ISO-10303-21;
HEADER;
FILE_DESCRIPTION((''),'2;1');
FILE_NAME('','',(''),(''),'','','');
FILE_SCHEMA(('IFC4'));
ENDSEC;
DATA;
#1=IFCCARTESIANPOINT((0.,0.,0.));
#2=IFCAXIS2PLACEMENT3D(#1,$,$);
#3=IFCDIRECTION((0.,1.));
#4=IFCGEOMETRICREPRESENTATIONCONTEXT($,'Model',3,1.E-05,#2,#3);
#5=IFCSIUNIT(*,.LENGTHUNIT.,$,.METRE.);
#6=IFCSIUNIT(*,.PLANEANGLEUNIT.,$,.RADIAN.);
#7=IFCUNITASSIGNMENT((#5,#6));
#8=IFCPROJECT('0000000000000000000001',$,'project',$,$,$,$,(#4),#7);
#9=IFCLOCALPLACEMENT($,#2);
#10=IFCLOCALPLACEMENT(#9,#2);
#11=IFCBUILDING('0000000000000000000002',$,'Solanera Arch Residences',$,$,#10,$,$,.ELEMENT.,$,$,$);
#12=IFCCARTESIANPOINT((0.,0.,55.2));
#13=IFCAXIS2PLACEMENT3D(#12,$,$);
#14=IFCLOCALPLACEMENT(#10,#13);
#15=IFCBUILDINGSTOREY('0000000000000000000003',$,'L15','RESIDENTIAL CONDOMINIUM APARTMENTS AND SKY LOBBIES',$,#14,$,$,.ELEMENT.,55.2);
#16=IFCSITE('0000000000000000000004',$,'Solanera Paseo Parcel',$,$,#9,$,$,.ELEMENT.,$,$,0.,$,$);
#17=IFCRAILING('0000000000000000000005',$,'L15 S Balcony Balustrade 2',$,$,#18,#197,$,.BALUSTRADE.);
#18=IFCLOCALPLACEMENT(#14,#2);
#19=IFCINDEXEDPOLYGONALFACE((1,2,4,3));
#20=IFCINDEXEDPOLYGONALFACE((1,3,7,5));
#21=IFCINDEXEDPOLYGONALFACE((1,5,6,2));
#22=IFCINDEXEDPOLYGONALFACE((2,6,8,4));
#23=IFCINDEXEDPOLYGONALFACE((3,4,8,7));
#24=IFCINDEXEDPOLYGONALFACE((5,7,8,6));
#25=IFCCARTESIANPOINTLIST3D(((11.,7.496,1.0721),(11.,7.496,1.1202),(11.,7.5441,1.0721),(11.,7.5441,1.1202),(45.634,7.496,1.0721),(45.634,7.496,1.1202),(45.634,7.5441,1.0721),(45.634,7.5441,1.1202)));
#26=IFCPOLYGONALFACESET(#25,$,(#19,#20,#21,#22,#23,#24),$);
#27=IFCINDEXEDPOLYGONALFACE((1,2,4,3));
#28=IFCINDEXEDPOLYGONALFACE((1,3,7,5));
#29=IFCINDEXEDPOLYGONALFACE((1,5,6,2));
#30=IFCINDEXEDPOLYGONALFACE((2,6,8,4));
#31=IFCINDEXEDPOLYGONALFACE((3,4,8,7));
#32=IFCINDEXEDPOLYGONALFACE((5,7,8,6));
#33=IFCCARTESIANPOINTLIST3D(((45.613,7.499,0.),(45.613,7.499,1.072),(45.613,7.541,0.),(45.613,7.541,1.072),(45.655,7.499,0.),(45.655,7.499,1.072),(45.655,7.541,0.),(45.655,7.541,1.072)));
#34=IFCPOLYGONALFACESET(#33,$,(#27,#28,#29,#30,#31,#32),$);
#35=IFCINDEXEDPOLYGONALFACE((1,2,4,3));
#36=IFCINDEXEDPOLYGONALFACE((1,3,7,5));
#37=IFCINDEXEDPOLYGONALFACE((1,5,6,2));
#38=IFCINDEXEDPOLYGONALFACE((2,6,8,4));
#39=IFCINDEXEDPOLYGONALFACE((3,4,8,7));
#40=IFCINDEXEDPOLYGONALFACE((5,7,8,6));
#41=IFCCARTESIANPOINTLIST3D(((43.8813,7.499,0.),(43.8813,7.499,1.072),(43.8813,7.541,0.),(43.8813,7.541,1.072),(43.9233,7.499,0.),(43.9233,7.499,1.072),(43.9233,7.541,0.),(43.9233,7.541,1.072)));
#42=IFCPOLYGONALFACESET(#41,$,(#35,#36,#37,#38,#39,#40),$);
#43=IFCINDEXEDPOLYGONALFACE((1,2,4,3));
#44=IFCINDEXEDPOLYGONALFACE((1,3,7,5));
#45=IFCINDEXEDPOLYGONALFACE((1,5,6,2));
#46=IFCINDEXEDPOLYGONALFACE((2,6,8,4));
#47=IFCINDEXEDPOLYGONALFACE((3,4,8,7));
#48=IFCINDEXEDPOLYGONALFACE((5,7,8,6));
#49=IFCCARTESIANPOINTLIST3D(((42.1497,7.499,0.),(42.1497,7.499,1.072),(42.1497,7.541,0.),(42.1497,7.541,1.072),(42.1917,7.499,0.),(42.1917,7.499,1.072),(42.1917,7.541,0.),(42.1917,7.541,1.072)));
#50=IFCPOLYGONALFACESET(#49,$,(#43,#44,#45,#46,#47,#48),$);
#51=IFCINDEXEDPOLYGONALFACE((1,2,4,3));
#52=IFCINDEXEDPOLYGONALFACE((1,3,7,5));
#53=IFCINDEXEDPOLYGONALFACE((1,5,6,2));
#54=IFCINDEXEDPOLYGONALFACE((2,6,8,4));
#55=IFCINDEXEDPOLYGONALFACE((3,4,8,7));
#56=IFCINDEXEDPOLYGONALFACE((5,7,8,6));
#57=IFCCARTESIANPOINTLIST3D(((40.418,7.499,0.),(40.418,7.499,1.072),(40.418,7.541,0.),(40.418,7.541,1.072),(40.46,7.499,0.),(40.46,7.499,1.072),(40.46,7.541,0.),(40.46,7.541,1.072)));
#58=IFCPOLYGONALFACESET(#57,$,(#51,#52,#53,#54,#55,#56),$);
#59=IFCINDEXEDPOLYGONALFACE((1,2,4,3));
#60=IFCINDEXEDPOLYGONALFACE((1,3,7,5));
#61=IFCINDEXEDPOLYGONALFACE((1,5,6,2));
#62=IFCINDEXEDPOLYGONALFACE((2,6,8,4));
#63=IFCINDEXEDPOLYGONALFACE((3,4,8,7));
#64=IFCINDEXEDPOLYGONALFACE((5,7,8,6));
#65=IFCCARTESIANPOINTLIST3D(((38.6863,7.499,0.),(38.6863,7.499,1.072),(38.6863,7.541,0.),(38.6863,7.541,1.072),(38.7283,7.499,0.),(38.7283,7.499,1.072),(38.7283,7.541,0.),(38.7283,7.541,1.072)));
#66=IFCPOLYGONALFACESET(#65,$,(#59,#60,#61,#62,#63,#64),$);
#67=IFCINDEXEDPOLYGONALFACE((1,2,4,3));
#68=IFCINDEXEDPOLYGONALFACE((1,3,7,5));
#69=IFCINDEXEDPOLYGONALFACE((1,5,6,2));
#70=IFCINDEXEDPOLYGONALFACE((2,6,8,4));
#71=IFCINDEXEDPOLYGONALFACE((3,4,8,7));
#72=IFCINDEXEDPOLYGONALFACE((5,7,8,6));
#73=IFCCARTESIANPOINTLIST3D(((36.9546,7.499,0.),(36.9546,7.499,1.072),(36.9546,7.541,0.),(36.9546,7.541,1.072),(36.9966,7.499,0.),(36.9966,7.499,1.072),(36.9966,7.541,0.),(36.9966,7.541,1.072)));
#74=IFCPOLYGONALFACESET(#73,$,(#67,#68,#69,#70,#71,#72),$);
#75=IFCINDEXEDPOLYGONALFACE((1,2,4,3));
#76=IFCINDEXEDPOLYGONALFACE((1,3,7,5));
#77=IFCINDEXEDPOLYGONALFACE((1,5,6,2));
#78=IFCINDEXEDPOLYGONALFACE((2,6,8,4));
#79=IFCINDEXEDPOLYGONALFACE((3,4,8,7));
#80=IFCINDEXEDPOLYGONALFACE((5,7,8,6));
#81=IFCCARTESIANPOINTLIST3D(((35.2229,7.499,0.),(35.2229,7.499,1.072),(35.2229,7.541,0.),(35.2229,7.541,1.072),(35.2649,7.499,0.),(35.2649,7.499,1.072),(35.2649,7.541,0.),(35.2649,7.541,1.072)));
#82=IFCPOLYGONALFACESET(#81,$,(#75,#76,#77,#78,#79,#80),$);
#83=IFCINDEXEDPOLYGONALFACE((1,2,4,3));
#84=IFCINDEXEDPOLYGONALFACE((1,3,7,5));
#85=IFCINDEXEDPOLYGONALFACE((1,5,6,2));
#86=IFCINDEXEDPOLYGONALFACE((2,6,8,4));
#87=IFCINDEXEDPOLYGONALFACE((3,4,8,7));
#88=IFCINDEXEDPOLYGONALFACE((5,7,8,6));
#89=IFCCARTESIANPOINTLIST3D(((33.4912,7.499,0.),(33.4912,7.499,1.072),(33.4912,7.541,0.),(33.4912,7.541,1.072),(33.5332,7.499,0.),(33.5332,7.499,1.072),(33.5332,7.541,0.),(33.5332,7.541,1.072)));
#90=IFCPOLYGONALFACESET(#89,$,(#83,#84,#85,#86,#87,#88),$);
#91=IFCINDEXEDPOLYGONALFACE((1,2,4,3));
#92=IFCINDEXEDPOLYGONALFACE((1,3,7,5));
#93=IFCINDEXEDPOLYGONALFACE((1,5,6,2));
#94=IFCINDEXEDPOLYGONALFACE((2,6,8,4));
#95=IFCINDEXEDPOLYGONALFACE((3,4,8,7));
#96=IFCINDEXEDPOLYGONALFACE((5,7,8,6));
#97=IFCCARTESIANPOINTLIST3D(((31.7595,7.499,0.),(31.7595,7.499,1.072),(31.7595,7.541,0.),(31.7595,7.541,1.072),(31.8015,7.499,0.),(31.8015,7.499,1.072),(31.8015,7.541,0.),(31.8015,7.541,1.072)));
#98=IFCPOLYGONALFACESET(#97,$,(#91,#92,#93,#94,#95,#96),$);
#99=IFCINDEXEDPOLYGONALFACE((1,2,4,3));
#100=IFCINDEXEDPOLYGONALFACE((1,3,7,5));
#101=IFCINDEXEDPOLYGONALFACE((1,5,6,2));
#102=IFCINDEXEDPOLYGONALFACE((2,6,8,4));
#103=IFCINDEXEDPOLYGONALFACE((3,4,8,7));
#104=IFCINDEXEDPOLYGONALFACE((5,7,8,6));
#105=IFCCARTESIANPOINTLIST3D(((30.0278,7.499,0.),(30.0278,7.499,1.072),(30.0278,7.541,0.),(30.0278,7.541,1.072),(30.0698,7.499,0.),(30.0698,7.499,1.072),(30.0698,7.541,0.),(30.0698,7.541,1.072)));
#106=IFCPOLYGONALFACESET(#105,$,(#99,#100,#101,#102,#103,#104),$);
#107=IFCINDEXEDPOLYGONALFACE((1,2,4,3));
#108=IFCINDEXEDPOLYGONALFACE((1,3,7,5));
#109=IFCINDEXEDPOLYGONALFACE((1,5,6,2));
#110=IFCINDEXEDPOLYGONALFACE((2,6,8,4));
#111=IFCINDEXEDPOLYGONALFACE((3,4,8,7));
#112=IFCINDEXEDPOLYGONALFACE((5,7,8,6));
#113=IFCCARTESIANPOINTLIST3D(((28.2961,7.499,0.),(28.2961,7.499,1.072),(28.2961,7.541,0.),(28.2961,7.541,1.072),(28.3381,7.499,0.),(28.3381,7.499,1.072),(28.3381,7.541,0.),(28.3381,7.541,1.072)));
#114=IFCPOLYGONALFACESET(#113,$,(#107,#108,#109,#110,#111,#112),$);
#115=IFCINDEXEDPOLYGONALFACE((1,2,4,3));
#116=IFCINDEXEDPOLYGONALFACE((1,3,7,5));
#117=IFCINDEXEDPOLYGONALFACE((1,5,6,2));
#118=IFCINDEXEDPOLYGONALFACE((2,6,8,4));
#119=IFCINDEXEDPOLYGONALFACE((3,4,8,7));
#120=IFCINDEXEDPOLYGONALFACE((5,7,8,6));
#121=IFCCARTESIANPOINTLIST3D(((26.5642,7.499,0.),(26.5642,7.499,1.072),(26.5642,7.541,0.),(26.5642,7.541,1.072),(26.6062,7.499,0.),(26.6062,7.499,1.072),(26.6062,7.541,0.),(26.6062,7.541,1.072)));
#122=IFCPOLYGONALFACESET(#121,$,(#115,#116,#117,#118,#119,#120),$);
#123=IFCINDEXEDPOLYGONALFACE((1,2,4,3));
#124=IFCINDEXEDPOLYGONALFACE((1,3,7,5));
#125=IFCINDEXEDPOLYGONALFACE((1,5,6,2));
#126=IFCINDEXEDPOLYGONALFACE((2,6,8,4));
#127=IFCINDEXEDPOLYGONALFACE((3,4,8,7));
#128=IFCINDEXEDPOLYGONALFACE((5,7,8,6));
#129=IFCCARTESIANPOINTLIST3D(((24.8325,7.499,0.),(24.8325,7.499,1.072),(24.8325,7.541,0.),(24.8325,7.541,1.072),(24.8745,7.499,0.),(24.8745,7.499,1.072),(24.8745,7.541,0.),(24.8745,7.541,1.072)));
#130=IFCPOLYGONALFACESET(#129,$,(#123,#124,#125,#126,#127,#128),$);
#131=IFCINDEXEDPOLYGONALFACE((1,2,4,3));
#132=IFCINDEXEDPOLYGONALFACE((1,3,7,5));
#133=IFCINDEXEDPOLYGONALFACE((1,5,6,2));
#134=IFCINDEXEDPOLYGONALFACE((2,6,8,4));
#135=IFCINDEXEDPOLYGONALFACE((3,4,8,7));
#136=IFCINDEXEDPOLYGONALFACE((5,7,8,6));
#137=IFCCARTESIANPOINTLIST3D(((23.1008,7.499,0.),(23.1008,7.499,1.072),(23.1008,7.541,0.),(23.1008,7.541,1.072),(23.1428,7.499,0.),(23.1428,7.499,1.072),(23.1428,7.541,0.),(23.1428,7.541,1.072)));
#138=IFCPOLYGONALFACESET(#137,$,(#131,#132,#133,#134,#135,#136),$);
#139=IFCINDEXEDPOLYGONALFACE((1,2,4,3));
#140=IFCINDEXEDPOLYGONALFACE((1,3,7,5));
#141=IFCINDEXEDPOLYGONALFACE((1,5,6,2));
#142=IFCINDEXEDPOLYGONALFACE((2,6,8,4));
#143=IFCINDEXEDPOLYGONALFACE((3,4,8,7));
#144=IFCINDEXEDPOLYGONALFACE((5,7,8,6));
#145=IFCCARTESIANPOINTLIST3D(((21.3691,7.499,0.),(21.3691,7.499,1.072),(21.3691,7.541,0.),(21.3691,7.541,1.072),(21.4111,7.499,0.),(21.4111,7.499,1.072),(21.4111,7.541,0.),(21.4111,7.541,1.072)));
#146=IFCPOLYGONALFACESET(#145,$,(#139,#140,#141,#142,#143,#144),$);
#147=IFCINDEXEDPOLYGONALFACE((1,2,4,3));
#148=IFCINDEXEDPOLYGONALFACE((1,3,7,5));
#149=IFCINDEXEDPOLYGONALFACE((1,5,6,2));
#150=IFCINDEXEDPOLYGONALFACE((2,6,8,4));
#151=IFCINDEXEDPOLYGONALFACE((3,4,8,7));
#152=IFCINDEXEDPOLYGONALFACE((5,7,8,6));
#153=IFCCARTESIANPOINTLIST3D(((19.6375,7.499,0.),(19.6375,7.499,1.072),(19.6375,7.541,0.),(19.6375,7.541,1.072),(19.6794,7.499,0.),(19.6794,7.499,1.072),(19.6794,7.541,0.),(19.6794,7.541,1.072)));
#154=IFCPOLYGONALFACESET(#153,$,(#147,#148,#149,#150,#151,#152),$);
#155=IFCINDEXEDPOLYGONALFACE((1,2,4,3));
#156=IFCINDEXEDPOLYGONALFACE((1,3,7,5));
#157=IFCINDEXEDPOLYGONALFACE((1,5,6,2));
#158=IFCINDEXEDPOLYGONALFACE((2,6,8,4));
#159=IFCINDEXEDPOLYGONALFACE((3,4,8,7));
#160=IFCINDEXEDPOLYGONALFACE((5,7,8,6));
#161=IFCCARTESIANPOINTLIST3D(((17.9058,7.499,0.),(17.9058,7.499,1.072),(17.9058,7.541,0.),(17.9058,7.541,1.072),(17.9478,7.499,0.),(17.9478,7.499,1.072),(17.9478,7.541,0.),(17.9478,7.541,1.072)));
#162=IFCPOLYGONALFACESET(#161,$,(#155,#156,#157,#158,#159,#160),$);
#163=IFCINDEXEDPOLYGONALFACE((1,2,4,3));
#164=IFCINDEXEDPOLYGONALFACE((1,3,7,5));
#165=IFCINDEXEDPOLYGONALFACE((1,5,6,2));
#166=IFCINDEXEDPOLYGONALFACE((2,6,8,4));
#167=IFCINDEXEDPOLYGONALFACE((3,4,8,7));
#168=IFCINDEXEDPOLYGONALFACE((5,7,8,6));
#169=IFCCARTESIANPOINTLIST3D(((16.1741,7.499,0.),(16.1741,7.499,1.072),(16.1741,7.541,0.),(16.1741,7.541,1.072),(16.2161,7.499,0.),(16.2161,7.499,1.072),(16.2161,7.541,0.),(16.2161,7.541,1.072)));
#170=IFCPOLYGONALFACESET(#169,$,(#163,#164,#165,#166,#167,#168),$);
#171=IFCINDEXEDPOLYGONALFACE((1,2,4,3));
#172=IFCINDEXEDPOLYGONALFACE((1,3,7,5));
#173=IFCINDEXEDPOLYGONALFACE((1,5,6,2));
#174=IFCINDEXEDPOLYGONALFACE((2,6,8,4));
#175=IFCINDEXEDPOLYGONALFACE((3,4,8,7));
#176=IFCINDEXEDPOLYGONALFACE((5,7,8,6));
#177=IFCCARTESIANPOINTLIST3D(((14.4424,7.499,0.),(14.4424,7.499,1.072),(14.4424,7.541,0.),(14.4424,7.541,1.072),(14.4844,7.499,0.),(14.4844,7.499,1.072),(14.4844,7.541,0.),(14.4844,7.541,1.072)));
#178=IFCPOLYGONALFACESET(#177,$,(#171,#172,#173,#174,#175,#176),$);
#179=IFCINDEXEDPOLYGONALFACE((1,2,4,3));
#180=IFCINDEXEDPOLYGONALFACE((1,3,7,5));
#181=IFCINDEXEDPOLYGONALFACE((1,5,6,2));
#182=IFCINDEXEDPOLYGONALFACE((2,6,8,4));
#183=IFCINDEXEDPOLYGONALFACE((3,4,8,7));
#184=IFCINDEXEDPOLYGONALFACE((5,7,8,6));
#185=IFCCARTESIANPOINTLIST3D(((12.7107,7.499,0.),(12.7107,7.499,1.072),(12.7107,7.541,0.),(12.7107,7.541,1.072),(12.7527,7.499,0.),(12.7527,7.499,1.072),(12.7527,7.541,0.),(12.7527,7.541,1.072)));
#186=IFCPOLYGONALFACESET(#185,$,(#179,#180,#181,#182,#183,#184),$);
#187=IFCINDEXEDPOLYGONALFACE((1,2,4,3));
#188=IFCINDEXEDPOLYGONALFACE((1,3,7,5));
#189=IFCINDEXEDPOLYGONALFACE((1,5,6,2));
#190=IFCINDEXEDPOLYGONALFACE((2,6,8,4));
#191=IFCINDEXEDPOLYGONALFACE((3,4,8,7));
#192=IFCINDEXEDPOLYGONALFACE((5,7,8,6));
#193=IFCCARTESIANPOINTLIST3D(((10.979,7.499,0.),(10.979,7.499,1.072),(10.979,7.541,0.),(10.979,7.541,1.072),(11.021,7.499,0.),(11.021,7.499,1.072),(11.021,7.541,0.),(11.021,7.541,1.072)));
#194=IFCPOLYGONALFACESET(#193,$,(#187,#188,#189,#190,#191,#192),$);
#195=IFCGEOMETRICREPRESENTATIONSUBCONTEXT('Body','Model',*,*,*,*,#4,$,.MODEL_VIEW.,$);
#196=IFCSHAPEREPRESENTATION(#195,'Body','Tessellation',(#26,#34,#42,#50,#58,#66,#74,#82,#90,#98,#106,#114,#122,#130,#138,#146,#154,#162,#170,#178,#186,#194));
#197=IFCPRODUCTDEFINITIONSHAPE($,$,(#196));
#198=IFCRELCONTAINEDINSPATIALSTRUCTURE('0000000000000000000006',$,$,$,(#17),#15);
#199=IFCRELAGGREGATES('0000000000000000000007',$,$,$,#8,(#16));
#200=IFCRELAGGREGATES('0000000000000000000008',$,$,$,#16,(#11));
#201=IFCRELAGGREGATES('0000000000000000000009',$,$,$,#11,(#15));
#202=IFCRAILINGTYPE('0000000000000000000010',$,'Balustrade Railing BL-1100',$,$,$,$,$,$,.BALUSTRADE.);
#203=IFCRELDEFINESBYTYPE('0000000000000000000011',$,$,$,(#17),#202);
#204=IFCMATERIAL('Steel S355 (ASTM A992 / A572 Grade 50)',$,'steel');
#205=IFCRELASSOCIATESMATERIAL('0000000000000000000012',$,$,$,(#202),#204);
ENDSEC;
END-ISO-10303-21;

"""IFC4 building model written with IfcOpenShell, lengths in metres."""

from ifc_helpers import new_model, si_unit, direction, frame, origin, origin_2d, place, context, subcontext, project, spatial, rectangle, extrude, material, type_object, element, save


model = new_model("IFC4")

# Units and contexts
model_context = context("Model", 3, precision=1e-05, world=origin(), true_north=direction((0.0, 1.0)))
body_context = subcontext(model_context, "Body", "Model", "MODEL_VIEW")
ifc_project = project(units=[si_unit("LENGTHUNIT", "METRE"), si_unit("PLANEANGLEUNIT", "RADIAN")], contexts=[model_context])

# Site, building, storey
site_placement = place(None, origin())
site = spatial("IfcSite", under=ifc_project, at=site_placement, Name="Solanera Paseo Parcel", CompositionType="ELEMENT", RefElevation=0.0)
building_placement = place(site_placement, origin())
building = spatial("IfcBuilding", under=site, at=building_placement, Name="Solanera Arch Residences", CompositionType="ELEMENT")
storey_placement = place(building_placement, frame((0.0, 0.0, 55.2)))
storey = spatial("IfcBuildingStorey", under=building, at=storey_placement, Name="L15", Description="RESIDENTIAL CONDOMINIUM APARTMENTS AND SKY LOBBIES", CompositionType="ELEMENT", Elevation=55.2)

# Railing
ifc_material_1 = material(Name="Steel S355 (ASTM A992 / A572 Grade 50)", Category="steel")
railing_type = type_object("IfcRailingType", Name="Balustrade Railing BL-1100", PredefinedType="BALUSTRADE", material=ifc_material_1)
railing_1_placement = place(storey_placement, frame((45.634, 7.52, 0.0)))
element("IfcRailing", 1, at=railing_1_placement, inside=storey, type_object=railing_type, Name="L15 S Balcony Balustrade 2", PredefinedType="BALUSTRADE", context=body_context, shape_type="SweptSolid", body=[
    extrude(rectangle(XDim=0.0481, YDim=0.0481, at=origin_2d()), frame((0.0, 0.0, 1.0962), z_axis=(-1.0, 0.0, 0.0), x_axis=(0.0, -1.0, 0.0)), (0.0, 0.0, 1.0), 34.634),
    extrude(rectangle(XDim=0.042, YDim=0.042, at=origin_2d()), origin(), (0.0, 0.0, 1.0), 1.072),
    extrude(rectangle(XDim=0.042, YDim=0.042, at=origin_2d()), frame((-1.7317, 0.0, 0.0)), (0.0, 0.0, 1.0), 1.072),
    extrude(rectangle(XDim=0.042, YDim=0.042, at=origin_2d()), frame((-3.4634, 0.0, 0.0)), (0.0, 0.0, 1.0), 1.072),
    extrude(rectangle(XDim=0.042, YDim=0.042, at=origin_2d()), frame((-5.1951, 0.0, 0.0)), (0.0, 0.0, 1.0), 1.072),
    extrude(rectangle(XDim=0.042, YDim=0.042, at=origin_2d()), frame((-6.9268, 0.0, 0.0)), (0.0, 0.0, 1.0), 1.072),
    extrude(rectangle(XDim=0.042, YDim=0.042, at=origin_2d()), frame((-8.6584, 0.0, 0.0)), (0.0, 0.0, 1.0), 1.072),
    extrude(rectangle(XDim=0.042, YDim=0.042, at=origin_2d()), frame((-10.3901, 0.0, 0.0)), (0.0, 0.0, 1.0), 1.072),
    extrude(rectangle(XDim=0.042, YDim=0.042, at=origin_2d()), frame((-12.1218, 0.0, 0.0)), (0.0, 0.0, 1.0), 1.072),
    extrude(rectangle(XDim=0.042, YDim=0.042, at=origin_2d()), frame((-13.8535, 0.0, 0.0)), (0.0, 0.0, 1.0), 1.072),
    extrude(rectangle(XDim=0.042, YDim=0.042, at=origin_2d()), frame((-15.5852, 0.0, 0.0)), (0.0, 0.0, 1.0), 1.072),
    extrude(rectangle(XDim=0.042, YDim=0.042, at=origin_2d()), frame((-17.3169, 0.0, 0.0)), (0.0, 0.0, 1.0), 1.072),
    extrude(rectangle(XDim=0.042, YDim=0.042, at=origin_2d()), frame((-19.0488, 0.0, 0.0)), (0.0, 0.0, 1.0), 1.072),
    extrude(rectangle(XDim=0.042, YDim=0.042, at=origin_2d()), frame((-20.7805, 0.0, 0.0)), (0.0, 0.0, 1.0), 1.072),
    extrude(rectangle(XDim=0.042, YDim=0.042, at=origin_2d()), frame((-22.5122, 0.0, 0.0)), (0.0, 0.0, 1.0), 1.072),
    extrude(rectangle(XDim=0.042, YDim=0.042, at=origin_2d()), frame((-24.2439, 0.0, 0.0)), (0.0, 0.0, 1.0), 1.072),
    extrude(rectangle(XDim=0.042, YDim=0.042, at=origin_2d()), frame((-25.9756, 0.0, 0.0)), (0.0, 0.0, 1.0), 1.072),
    extrude(rectangle(XDim=0.042, YDim=0.042, at=origin_2d()), frame((-27.7073, 0.0, 0.0)), (0.0, 0.0, 1.0), 1.072),
    extrude(rectangle(XDim=0.042, YDim=0.042, at=origin_2d()), frame((-29.439, 0.0, 0.0)), (0.0, 0.0, 1.0), 1.072),
    extrude(rectangle(XDim=0.042, YDim=0.042, at=origin_2d()), frame((-31.1707, 0.0, 0.0)), (0.0, 0.0, 1.0), 1.072),
    extrude(rectangle(XDim=0.042, YDim=0.042, at=origin_2d()), frame((-32.9023, 0.0, 0.0)), (0.0, 0.0, 1.0), 1.072),
    extrude(rectangle(XDim=0.042, YDim=0.042, at=origin_2d()), frame((-34.634, 0.0, 0.0)), (0.0, 0.0, 1.0), 1.072),
])

save(model, "model.ifc")
